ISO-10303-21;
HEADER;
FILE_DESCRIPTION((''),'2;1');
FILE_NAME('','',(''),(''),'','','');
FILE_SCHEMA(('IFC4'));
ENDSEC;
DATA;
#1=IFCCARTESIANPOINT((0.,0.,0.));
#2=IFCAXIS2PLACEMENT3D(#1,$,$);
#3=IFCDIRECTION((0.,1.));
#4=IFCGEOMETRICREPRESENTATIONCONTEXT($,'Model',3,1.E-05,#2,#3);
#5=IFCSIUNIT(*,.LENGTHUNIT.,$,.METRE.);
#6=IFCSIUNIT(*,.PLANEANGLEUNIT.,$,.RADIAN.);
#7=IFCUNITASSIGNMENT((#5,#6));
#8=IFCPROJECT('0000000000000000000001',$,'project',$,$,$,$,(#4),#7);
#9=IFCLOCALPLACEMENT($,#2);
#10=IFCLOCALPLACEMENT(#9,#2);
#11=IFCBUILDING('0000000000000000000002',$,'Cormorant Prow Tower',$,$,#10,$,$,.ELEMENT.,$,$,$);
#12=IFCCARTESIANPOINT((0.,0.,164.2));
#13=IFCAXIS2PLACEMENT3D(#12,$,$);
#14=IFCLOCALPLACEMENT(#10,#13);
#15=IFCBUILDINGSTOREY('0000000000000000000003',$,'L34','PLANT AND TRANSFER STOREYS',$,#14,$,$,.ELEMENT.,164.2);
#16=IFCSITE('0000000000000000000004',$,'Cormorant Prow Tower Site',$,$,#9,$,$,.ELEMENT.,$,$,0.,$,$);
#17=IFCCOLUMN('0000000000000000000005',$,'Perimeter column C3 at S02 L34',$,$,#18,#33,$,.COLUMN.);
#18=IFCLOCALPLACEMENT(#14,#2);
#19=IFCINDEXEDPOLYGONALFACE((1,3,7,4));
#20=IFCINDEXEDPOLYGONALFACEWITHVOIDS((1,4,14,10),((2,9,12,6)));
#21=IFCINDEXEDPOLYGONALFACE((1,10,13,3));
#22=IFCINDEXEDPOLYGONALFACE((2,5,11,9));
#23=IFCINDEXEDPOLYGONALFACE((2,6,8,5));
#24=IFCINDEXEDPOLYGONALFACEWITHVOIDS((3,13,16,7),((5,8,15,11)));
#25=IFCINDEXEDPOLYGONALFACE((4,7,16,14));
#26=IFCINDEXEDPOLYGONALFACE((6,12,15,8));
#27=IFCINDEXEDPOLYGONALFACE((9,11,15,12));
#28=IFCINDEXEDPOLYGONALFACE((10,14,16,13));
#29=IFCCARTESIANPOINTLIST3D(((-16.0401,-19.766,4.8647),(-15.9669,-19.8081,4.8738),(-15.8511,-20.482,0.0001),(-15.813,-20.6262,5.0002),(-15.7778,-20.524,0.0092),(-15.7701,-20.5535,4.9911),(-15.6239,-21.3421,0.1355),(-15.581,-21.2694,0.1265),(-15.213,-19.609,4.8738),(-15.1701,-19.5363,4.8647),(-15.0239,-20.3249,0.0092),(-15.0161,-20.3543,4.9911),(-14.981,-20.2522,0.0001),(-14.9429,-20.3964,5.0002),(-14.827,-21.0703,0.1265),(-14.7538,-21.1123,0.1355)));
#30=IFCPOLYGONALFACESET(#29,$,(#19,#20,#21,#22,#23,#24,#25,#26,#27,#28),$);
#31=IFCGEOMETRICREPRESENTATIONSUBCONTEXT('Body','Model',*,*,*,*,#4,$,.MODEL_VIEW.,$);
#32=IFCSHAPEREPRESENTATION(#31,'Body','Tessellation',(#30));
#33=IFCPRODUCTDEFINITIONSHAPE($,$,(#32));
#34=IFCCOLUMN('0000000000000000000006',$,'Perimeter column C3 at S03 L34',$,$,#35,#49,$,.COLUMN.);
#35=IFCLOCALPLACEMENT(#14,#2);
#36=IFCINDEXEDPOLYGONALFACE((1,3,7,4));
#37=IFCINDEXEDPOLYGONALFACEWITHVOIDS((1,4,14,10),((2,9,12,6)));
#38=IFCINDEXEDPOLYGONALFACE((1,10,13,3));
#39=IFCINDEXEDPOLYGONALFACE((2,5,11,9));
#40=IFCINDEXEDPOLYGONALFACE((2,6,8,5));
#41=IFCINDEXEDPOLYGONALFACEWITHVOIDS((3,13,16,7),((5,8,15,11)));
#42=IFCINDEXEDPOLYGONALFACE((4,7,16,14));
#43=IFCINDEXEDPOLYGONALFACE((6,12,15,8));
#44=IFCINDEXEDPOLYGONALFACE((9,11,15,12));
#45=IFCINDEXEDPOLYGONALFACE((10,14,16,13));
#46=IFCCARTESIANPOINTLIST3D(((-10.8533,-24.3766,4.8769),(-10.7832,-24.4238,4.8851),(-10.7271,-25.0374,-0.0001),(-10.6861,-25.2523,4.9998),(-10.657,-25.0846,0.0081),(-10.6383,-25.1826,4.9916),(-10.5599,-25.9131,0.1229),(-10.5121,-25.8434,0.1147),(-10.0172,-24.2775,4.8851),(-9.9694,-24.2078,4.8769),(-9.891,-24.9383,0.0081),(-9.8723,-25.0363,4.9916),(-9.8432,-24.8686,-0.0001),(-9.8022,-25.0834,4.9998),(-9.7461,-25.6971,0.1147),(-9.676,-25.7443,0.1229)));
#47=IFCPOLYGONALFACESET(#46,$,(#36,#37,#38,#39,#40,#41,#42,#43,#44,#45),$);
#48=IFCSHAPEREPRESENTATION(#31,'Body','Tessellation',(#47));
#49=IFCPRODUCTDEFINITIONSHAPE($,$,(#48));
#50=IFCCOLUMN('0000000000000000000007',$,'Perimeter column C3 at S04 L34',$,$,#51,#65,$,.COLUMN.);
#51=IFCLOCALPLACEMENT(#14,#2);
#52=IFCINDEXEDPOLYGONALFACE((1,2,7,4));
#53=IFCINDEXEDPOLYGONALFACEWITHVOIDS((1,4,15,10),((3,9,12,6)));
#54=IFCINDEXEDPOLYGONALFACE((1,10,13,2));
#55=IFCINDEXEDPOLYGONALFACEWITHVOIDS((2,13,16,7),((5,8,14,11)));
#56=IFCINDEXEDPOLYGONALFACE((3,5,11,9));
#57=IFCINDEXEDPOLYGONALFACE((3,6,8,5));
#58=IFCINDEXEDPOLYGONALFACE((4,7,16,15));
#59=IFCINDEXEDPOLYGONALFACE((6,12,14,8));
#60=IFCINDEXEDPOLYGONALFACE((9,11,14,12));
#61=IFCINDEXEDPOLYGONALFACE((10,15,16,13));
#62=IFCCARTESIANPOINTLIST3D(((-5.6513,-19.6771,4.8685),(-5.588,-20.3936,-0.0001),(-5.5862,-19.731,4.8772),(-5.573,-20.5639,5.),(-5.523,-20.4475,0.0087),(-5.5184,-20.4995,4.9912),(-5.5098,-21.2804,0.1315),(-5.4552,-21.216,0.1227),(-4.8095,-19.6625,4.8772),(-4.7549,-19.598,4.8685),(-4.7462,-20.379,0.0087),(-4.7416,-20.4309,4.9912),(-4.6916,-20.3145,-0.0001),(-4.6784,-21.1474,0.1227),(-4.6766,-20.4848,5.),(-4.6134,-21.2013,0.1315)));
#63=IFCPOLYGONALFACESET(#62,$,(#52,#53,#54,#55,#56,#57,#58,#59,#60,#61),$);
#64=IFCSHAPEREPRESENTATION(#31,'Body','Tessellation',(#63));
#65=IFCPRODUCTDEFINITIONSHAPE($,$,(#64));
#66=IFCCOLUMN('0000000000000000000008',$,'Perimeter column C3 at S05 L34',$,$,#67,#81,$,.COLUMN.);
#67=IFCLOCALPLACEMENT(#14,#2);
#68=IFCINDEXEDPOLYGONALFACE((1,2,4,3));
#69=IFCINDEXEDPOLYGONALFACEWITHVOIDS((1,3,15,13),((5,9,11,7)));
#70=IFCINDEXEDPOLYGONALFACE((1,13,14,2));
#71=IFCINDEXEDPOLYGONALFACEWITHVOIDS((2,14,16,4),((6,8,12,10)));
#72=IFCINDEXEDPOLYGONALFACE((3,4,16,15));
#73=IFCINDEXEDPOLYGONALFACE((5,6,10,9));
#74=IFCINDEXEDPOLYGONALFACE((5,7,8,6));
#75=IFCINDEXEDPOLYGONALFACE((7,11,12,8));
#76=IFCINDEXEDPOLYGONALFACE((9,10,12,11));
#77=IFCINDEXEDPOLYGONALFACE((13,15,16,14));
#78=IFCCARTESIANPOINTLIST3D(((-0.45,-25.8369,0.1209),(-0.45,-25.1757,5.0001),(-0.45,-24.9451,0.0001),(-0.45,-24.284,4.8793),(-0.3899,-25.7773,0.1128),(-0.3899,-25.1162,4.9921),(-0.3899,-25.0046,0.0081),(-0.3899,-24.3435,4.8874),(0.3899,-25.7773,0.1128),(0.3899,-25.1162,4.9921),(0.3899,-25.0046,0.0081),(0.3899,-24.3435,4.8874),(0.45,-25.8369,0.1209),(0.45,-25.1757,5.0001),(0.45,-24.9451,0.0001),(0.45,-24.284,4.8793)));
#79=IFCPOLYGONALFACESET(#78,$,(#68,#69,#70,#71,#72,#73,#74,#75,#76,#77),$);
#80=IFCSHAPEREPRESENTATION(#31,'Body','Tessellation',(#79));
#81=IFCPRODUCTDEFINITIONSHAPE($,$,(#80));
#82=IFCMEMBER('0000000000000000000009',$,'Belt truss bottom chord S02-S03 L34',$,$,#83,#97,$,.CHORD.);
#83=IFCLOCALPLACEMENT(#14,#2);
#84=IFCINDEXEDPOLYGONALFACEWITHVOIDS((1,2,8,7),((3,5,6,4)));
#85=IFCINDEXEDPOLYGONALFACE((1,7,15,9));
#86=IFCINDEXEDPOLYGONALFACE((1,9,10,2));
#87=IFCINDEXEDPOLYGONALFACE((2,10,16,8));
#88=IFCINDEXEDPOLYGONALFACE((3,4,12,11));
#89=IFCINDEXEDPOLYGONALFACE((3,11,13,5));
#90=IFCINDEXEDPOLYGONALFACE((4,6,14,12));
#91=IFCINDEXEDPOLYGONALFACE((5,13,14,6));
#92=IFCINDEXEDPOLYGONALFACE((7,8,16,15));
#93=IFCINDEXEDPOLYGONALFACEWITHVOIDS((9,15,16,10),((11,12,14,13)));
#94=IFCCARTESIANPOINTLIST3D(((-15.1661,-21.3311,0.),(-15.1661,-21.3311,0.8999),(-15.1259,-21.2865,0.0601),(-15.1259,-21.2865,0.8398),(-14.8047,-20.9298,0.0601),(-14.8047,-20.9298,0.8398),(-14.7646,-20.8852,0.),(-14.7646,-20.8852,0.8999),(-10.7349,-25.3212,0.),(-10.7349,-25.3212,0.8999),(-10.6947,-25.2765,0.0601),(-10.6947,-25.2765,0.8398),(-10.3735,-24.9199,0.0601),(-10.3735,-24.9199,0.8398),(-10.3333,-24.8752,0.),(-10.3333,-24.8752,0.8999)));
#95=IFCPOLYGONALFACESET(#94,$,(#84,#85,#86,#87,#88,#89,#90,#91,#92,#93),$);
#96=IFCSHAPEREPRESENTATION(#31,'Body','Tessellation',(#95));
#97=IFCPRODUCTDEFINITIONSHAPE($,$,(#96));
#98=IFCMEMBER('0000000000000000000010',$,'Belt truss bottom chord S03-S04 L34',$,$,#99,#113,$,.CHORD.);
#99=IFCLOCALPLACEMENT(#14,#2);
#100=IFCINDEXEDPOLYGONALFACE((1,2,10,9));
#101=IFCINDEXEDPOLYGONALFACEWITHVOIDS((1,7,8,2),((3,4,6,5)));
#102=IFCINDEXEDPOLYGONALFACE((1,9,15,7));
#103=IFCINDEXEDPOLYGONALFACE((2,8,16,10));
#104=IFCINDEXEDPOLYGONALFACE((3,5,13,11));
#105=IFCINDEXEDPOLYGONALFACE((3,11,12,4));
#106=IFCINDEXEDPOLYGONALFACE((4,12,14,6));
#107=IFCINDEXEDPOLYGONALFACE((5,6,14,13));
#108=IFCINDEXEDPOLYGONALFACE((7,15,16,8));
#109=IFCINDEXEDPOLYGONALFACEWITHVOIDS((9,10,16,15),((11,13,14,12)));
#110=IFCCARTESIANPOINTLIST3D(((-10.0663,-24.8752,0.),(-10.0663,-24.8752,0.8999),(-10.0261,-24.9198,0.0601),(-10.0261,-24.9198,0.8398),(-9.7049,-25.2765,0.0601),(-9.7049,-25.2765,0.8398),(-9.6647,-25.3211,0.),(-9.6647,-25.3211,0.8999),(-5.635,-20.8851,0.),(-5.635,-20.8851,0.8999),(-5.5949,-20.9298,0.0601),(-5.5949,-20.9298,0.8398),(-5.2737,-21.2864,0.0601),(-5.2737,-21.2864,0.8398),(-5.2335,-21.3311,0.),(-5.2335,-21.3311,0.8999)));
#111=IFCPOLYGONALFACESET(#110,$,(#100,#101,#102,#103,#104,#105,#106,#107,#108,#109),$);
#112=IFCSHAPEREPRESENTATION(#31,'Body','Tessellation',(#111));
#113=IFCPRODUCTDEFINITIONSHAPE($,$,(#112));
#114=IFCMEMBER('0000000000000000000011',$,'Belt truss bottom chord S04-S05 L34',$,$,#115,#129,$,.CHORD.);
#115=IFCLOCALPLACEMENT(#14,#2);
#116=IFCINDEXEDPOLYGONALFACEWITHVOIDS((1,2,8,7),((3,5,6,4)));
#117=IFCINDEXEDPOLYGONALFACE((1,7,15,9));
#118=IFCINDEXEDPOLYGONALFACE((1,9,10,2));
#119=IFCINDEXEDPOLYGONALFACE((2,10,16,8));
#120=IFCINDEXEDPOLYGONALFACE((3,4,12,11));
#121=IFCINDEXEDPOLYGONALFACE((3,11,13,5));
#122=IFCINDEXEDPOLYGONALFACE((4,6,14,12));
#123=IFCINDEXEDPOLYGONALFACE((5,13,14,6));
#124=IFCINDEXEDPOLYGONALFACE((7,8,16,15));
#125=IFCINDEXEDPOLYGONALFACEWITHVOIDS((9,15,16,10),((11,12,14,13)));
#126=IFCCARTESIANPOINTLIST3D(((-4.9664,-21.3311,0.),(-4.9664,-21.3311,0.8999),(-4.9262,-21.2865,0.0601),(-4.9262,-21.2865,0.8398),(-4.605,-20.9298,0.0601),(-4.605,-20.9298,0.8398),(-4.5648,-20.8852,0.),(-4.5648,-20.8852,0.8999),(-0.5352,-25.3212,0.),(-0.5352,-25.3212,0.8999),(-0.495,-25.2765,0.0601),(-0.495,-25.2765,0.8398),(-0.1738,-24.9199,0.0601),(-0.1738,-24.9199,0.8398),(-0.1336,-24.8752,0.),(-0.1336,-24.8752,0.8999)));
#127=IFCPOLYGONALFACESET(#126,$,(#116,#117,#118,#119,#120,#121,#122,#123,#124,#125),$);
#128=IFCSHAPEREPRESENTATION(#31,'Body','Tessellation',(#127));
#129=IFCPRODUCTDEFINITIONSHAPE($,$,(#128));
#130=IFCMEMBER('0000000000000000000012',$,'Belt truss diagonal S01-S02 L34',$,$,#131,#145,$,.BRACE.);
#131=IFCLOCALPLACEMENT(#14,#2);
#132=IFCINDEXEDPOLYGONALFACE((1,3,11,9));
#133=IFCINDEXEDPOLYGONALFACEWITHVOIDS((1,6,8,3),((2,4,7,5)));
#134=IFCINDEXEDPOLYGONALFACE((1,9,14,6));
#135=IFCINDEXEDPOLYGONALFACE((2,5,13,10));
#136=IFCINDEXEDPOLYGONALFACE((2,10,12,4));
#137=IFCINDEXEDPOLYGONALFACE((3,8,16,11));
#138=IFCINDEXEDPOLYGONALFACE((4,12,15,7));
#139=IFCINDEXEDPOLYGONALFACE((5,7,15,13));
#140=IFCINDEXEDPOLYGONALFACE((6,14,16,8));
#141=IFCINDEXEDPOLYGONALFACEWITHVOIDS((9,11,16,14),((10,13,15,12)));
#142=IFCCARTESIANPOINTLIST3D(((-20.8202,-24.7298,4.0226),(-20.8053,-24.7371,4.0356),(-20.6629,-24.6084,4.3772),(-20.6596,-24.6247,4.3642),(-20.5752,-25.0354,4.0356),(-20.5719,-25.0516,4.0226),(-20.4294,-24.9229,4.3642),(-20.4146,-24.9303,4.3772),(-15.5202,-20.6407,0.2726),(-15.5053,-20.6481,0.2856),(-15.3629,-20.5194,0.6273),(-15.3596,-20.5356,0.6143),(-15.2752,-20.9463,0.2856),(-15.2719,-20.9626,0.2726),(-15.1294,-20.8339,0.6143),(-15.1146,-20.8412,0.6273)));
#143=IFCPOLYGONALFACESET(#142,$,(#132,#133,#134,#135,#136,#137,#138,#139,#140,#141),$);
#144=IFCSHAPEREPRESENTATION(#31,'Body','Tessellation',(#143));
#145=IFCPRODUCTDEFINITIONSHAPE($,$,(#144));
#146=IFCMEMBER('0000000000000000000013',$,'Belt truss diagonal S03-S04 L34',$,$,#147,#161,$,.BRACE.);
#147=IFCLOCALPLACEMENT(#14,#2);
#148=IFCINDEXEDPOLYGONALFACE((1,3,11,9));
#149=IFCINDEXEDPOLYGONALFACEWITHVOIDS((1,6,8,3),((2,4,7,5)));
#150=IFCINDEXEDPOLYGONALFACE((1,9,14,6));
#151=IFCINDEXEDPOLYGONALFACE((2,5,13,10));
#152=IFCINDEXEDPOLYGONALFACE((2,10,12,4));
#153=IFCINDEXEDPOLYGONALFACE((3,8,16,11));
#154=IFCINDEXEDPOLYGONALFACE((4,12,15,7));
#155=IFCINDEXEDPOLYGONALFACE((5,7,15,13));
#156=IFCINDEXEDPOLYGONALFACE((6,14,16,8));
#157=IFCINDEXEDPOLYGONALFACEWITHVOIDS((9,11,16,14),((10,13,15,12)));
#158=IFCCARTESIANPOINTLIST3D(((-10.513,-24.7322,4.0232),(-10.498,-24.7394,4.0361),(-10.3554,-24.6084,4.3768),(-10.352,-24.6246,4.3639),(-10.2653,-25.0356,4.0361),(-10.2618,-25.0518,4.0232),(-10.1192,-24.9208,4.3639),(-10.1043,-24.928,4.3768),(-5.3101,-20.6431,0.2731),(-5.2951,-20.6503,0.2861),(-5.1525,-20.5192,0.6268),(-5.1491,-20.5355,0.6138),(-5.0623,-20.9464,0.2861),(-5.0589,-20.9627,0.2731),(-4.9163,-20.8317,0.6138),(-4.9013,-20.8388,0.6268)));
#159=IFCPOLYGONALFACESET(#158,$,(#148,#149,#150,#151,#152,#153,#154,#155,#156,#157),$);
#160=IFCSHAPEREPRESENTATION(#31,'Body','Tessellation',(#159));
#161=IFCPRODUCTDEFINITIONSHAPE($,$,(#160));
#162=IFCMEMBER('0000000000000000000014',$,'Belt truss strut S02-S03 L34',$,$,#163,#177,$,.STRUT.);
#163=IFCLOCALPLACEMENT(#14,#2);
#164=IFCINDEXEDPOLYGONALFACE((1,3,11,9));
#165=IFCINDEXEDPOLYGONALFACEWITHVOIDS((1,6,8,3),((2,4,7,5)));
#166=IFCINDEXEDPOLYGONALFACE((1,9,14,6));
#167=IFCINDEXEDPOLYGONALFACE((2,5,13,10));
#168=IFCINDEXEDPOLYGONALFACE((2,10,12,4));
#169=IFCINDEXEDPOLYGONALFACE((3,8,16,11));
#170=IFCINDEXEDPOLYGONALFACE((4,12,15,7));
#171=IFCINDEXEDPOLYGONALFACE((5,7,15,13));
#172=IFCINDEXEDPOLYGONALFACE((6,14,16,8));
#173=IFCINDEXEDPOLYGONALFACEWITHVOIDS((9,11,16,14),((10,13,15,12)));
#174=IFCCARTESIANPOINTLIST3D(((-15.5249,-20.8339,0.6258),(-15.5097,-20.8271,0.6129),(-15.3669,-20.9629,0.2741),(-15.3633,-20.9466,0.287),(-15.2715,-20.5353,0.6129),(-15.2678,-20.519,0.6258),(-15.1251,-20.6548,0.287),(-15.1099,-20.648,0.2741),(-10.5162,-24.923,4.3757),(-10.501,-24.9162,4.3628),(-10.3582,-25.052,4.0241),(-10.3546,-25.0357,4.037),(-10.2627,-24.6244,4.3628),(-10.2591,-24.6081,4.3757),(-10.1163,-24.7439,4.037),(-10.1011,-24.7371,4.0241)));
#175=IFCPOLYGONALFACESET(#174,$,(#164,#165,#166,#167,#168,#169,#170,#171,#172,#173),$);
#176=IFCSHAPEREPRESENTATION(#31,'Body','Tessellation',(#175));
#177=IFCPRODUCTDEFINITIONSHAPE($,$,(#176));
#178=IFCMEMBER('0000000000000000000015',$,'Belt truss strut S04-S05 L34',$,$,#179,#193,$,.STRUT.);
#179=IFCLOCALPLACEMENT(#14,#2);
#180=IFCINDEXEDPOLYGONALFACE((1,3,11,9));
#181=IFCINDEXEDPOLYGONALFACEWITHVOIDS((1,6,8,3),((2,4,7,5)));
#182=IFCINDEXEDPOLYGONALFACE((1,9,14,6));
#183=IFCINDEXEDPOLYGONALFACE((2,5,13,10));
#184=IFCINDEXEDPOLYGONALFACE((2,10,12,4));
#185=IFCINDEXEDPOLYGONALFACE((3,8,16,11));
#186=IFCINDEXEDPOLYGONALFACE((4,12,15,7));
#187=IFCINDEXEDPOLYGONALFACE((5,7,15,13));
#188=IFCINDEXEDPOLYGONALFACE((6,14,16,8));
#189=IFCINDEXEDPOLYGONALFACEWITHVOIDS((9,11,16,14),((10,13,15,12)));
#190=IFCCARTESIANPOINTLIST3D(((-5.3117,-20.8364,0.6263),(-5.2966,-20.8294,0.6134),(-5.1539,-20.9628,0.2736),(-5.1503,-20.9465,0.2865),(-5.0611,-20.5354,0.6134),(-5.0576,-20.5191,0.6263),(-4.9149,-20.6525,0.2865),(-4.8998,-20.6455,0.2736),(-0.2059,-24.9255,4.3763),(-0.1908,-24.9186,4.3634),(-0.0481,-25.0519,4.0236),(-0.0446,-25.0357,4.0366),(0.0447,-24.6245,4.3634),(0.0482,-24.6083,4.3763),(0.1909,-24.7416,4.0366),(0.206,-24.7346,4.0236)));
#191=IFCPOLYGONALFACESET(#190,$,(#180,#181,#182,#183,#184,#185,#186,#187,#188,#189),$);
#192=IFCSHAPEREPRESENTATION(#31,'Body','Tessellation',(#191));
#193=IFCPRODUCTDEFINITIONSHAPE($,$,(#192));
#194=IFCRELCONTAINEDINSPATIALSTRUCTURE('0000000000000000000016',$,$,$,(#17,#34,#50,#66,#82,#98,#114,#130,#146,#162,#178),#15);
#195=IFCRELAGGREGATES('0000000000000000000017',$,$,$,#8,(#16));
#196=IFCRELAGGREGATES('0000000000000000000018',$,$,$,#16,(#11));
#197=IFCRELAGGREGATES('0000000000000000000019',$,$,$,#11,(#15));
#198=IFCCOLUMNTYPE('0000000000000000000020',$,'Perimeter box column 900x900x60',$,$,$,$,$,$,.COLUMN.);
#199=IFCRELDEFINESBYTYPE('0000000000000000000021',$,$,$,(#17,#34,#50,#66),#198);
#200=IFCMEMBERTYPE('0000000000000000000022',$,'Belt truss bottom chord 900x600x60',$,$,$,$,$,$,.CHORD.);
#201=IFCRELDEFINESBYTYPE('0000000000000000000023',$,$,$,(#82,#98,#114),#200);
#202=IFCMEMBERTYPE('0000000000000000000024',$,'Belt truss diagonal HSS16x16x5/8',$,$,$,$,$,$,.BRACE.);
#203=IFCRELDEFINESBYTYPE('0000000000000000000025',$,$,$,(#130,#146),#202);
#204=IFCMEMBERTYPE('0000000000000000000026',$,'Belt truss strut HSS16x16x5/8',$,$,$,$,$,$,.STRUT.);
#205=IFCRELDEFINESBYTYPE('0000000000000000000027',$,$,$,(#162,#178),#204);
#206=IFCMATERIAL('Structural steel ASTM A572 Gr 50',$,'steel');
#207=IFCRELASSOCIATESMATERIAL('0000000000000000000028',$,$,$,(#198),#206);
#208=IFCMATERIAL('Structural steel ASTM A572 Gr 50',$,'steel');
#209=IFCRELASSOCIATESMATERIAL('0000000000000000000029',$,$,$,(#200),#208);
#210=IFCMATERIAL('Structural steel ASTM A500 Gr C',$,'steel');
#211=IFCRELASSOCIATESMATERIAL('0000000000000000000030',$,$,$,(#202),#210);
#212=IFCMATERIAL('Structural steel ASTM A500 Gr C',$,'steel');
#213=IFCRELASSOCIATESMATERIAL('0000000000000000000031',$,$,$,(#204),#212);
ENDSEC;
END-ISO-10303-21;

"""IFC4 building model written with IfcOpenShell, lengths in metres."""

from ifc_helpers import new_model, si_unit, direction, frame, origin, origin_2d, place, context, subcontext, project, spatial, hollow_rectangle, extrude, material, material_profile, profile_set, type_object, element, save


model = new_model("IFC4")

# Units and contexts
model_context = context("Model", 3, precision=1e-05, world=origin(), true_north=direction((0.0, 1.0)))
body_context = subcontext(model_context, "Body", "Model", "MODEL_VIEW")
ifc_project = project(units=[si_unit("LENGTHUNIT", "METRE"), si_unit("PLANEANGLEUNIT", "RADIAN")], contexts=[model_context])

# Site, building, storey
site_placement = place(None, origin())
site = spatial("IfcSite", under=ifc_project, at=site_placement, Name="Cormorant Prow Tower Site", CompositionType="ELEMENT", RefElevation=0.0)
building_placement = place(site_placement, origin())
building = spatial("IfcBuilding", under=site, at=building_placement, Name="Cormorant Prow Tower", CompositionType="ELEMENT")
storey_placement = place(building_placement, frame((0.0, 0.0, 164.2)))
storey = spatial("IfcBuildingStorey", under=building, at=storey_placement, Name="L34", Description="PLANT AND TRANSFER STOREYS", CompositionType="ELEMENT", Elevation=164.2)

# Columns
ifc_material_1 = material(Name="Structural steel ASTM A572 Gr 50", Category="steel")
ifc_material_profile_1 = material_profile(ifc_material_1, hollow_rectangle(XDim=0.8999, YDim=0.8999, WallThickness=0.0601, at=origin_2d()), Name="Box 900x900x60")
ifc_profile_set_1 = profile_set([ifc_material_profile_1], Name="Structural steel ASTM A572 Gr 50")
column_type = type_object("IfcColumnType", Name="Perimeter box column 900x900x60", PredefinedType="COLUMN", material=ifc_profile_set_1)
column_1_placement = place(storey_placement, frame((-15.2998, -20.8071, 0.0), z_axis=(-0.038425, 0.145492, 0.988613), x_axis=(-0.96685, -0.255346, 0.0)))
element("IfcColumn", 1, at=column_1_placement, inside=storey, type_object=column_type, Name="Perimeter column C3 at S02 L34", PredefinedType="COLUMN", context=body_context, shape_type="SweptSolid", body=[
    extrude(hollow_rectangle(XDim=0.8999, YDim=0.8999, WallThickness=0.0601, at=origin_2d()), frame((0.0, 0.0, 0.0686)), (0.0, 0.0, 1.0), 4.9207),
])
column_2_placement = place(storey_placement, frame((-10.2, -25.3992, 0.0), z_axis=(-0.025636, 0.134227, 0.990619), x_axis=(-0.982246, -0.1876, 0.0)))
element("IfcColumn", 2, at=column_2_placement, inside=storey, type_object=column_type, Name="Perimeter column C3 at S03 L34", PredefinedType="COLUMN", context=body_context, shape_type="SweptSolid", body=[
    extrude(hollow_rectangle(XDim=0.8999, YDim=0.8999, WallThickness=0.0601, at=origin_2d()), frame((0.0, 0.0, 0.062)), (0.0, 0.0, 1.0), 4.9231),
])
column_3_placement = place(storey_placement, frame((-5.0999, -20.8071, 0.0), z_axis=(-0.012849, 0.145588, 0.989262), x_axis=(-0.996128, -0.087913, 0.0)))
element("IfcColumn", 3, at=column_3_placement, inside=storey, type_object=column_type, Name="Perimeter column C3 at S04 L34", PredefinedType="COLUMN", context=body_context, shape_type="SweptSolid", body=[
    extrude(hollow_rectangle(XDim=0.8999, YDim=0.8999, WallThickness=0.0601, at=origin_2d()), frame((0.0, 0.0, 0.0664)), (0.0, 0.0, 1.0), 4.9214),
])
column_4_placement = place(storey_placement, frame((0.0, -25.3992, 0.0), z_axis=(0.0, 0.134271, 0.990945), x_axis=(-1.0, 0.0, 0.0)))
element("IfcColumn", 4, at=column_4_placement, inside=storey, type_object=column_type, Name="Perimeter column C3 at S05 L34", PredefinedType="COLUMN", context=body_context, shape_type="SweptSolid", body=[
    extrude(hollow_rectangle(XDim=0.8999, YDim=0.8999, WallThickness=0.0601, at=origin_2d()), frame((0.0, 0.0, 0.061)), (0.0, 0.0, 1.0), 4.9238),
])

# Members
ifc_material_2 = material(Name="Structural steel ASTM A572 Gr 50", Category="steel")
ifc_material_profile_2 = material_profile(ifc_material_2, hollow_rectangle(XDim=0.6001, YDim=0.8999, WallThickness=0.0601, at=origin_2d()), Name="Box 900x600x60")
ifc_profile_set_2 = profile_set([ifc_material_profile_2], Name="Structural steel ASTM A572 Gr 50")
member_type_1 = type_object("IfcMemberType", Name="Belt truss bottom chord 900x600x60", PredefinedType="CHORD", material=ifc_profile_set_2)
for number, where, z_axis, x_axis, name in (
    (5, (-14.9653, -21.1082, 0.45), (0.743131, -0.669146, 0.0), (0.669146, 0.743131, 0.0), "Belt truss bottom chord S02-S03 L34"),
    (6, (-9.8655, -25.0981, 0.45), (0.743131, 0.669146, 0.0), (-0.669146, 0.743131, 0.0), "Belt truss bottom chord S03-S04 L34"),
    (7, (-4.7656, -21.1082, 0.45), (0.743131, -0.669146, 0.0), (0.669146, 0.743131, 0.0), "Belt truss bottom chord S04-S05 L34"),
):
    element("IfcMember", number, at=place(storey_placement, frame(where, z_axis=z_axis, x_axis=x_axis)), inside=storey, type_object=member_type_1, Name=name, PredefinedType="CHORD", context=body_context, shape_type="SweptSolid", body=[
        extrude(hollow_rectangle(XDim=0.6001, YDim=0.8999, WallThickness=0.0601, at=origin_2d()), origin(), (0.0, 0.0, 1.0), 5.9629),
    ])
ifc_material_3 = material(Name="Structural steel ASTM A500 Gr C", Category="steel")
ifc_material_profile_3 = material_profile(ifc_material_3, hollow_rectangle(XDim=0.4065, YDim=0.4065, WallThickness=0.0149, at=origin_2d()), Name="HSS16x16x5/8")
ifc_profile_set_3 = profile_set([ifc_material_profile_3], Name="Structural steel ASTM A500 Gr C")
member_type_2 = type_object("IfcMemberType", Name="Belt truss diagonal HSS16x16x5/8", PredefinedType="BRACE", material=ifc_profile_set_3)
member_1_placement = place(storey_placement, frame((-15.3174, -20.741, 0.45), z_axis=(-0.690746, -0.532927, 0.488731), x_axis=(0.61085, -0.791746, 0.0)))
element("IfcMember", 8, at=member_1_placement, inside=storey, type_object=member_type_2, Name="Belt truss diagonal S01-S02 L34", PredefinedType="BRACE", context=body_context, shape_type="SweptSolid", body=[
    extrude(hollow_rectangle(XDim=0.4065, YDim=0.4065, WallThickness=0.0149, at=origin_2d()), origin(), (0.0, 0.0, 1.0), 7.6729),
])
member_2_placement = place(storey_placement, frame((-5.1057, -20.741, 0.45), z_axis=(-0.684037, -0.537607, 0.493023), x_axis=(0.617927, -0.786235, 0.0)))
element("IfcMember", 9, at=member_2_placement, inside=storey, type_object=member_type_2, Name="Belt truss diagonal S03-S04 L34", PredefinedType="BRACE", context=body_context, shape_type="SweptSolid", body=[
    extrude(hollow_rectangle(XDim=0.4065, YDim=0.4065, WallThickness=0.0149, at=origin_2d()), origin(), (0.0, 0.0, 1.0), 7.6062),
])
ifc_material_4 = material(Name="Structural steel ASTM A500 Gr C", Category="steel")
ifc_material_profile_4 = material_profile(ifc_material_4, hollow_rectangle(XDim=0.4065, YDim=0.4065, WallThickness=0.0149, at=origin_2d()), Name="HSS16x16x5/8")
ifc_profile_set_4 = profile_set([ifc_material_profile_4], Name="Structural steel ASTM A500 Gr C")
member_type_3 = type_object("IfcMemberType", Name="Belt truss strut HSS16x16x5/8", PredefinedType="STRUT", material=ifc_profile_set_4)
member_3_placement = place(storey_placement, frame((-15.3174, -20.741, 0.45), z_axis=(0.670098, -0.547059, 0.501692), x_axis=(0.632405, 0.774638, 0.0)))
element("IfcMember", 10, at=member_3_placement, inside=storey, type_object=member_type_3, Name="Belt truss strut S02-S03 L34", PredefinedType="STRUT", context=body_context, shape_type="SweptSolid", body=[
    extrude(hollow_rectangle(XDim=0.4065, YDim=0.4065, WallThickness=0.0149, at=origin_2d()), origin(), (0.0, 0.0, 1.0), 7.4746),
])
member_4_placement = place(storey_placement, frame((-5.1057, -20.741, 0.45), z_axis=(0.67715, -0.542322, 0.497347), x_axis=(0.625118, 0.78053, 0.0)))
element("IfcMember", 11, at=member_4_placement, inside=storey, type_object=member_type_3, Name="Belt truss strut S04-S05 L34", PredefinedType="STRUT", context=body_context, shape_type="SweptSolid", body=[
    extrude(hollow_rectangle(XDim=0.4065, YDim=0.4065, WallThickness=0.0149, at=origin_2d()), origin(), (0.0, 0.0, 1.0), 7.54),
])

save(model, "model.ifc")
